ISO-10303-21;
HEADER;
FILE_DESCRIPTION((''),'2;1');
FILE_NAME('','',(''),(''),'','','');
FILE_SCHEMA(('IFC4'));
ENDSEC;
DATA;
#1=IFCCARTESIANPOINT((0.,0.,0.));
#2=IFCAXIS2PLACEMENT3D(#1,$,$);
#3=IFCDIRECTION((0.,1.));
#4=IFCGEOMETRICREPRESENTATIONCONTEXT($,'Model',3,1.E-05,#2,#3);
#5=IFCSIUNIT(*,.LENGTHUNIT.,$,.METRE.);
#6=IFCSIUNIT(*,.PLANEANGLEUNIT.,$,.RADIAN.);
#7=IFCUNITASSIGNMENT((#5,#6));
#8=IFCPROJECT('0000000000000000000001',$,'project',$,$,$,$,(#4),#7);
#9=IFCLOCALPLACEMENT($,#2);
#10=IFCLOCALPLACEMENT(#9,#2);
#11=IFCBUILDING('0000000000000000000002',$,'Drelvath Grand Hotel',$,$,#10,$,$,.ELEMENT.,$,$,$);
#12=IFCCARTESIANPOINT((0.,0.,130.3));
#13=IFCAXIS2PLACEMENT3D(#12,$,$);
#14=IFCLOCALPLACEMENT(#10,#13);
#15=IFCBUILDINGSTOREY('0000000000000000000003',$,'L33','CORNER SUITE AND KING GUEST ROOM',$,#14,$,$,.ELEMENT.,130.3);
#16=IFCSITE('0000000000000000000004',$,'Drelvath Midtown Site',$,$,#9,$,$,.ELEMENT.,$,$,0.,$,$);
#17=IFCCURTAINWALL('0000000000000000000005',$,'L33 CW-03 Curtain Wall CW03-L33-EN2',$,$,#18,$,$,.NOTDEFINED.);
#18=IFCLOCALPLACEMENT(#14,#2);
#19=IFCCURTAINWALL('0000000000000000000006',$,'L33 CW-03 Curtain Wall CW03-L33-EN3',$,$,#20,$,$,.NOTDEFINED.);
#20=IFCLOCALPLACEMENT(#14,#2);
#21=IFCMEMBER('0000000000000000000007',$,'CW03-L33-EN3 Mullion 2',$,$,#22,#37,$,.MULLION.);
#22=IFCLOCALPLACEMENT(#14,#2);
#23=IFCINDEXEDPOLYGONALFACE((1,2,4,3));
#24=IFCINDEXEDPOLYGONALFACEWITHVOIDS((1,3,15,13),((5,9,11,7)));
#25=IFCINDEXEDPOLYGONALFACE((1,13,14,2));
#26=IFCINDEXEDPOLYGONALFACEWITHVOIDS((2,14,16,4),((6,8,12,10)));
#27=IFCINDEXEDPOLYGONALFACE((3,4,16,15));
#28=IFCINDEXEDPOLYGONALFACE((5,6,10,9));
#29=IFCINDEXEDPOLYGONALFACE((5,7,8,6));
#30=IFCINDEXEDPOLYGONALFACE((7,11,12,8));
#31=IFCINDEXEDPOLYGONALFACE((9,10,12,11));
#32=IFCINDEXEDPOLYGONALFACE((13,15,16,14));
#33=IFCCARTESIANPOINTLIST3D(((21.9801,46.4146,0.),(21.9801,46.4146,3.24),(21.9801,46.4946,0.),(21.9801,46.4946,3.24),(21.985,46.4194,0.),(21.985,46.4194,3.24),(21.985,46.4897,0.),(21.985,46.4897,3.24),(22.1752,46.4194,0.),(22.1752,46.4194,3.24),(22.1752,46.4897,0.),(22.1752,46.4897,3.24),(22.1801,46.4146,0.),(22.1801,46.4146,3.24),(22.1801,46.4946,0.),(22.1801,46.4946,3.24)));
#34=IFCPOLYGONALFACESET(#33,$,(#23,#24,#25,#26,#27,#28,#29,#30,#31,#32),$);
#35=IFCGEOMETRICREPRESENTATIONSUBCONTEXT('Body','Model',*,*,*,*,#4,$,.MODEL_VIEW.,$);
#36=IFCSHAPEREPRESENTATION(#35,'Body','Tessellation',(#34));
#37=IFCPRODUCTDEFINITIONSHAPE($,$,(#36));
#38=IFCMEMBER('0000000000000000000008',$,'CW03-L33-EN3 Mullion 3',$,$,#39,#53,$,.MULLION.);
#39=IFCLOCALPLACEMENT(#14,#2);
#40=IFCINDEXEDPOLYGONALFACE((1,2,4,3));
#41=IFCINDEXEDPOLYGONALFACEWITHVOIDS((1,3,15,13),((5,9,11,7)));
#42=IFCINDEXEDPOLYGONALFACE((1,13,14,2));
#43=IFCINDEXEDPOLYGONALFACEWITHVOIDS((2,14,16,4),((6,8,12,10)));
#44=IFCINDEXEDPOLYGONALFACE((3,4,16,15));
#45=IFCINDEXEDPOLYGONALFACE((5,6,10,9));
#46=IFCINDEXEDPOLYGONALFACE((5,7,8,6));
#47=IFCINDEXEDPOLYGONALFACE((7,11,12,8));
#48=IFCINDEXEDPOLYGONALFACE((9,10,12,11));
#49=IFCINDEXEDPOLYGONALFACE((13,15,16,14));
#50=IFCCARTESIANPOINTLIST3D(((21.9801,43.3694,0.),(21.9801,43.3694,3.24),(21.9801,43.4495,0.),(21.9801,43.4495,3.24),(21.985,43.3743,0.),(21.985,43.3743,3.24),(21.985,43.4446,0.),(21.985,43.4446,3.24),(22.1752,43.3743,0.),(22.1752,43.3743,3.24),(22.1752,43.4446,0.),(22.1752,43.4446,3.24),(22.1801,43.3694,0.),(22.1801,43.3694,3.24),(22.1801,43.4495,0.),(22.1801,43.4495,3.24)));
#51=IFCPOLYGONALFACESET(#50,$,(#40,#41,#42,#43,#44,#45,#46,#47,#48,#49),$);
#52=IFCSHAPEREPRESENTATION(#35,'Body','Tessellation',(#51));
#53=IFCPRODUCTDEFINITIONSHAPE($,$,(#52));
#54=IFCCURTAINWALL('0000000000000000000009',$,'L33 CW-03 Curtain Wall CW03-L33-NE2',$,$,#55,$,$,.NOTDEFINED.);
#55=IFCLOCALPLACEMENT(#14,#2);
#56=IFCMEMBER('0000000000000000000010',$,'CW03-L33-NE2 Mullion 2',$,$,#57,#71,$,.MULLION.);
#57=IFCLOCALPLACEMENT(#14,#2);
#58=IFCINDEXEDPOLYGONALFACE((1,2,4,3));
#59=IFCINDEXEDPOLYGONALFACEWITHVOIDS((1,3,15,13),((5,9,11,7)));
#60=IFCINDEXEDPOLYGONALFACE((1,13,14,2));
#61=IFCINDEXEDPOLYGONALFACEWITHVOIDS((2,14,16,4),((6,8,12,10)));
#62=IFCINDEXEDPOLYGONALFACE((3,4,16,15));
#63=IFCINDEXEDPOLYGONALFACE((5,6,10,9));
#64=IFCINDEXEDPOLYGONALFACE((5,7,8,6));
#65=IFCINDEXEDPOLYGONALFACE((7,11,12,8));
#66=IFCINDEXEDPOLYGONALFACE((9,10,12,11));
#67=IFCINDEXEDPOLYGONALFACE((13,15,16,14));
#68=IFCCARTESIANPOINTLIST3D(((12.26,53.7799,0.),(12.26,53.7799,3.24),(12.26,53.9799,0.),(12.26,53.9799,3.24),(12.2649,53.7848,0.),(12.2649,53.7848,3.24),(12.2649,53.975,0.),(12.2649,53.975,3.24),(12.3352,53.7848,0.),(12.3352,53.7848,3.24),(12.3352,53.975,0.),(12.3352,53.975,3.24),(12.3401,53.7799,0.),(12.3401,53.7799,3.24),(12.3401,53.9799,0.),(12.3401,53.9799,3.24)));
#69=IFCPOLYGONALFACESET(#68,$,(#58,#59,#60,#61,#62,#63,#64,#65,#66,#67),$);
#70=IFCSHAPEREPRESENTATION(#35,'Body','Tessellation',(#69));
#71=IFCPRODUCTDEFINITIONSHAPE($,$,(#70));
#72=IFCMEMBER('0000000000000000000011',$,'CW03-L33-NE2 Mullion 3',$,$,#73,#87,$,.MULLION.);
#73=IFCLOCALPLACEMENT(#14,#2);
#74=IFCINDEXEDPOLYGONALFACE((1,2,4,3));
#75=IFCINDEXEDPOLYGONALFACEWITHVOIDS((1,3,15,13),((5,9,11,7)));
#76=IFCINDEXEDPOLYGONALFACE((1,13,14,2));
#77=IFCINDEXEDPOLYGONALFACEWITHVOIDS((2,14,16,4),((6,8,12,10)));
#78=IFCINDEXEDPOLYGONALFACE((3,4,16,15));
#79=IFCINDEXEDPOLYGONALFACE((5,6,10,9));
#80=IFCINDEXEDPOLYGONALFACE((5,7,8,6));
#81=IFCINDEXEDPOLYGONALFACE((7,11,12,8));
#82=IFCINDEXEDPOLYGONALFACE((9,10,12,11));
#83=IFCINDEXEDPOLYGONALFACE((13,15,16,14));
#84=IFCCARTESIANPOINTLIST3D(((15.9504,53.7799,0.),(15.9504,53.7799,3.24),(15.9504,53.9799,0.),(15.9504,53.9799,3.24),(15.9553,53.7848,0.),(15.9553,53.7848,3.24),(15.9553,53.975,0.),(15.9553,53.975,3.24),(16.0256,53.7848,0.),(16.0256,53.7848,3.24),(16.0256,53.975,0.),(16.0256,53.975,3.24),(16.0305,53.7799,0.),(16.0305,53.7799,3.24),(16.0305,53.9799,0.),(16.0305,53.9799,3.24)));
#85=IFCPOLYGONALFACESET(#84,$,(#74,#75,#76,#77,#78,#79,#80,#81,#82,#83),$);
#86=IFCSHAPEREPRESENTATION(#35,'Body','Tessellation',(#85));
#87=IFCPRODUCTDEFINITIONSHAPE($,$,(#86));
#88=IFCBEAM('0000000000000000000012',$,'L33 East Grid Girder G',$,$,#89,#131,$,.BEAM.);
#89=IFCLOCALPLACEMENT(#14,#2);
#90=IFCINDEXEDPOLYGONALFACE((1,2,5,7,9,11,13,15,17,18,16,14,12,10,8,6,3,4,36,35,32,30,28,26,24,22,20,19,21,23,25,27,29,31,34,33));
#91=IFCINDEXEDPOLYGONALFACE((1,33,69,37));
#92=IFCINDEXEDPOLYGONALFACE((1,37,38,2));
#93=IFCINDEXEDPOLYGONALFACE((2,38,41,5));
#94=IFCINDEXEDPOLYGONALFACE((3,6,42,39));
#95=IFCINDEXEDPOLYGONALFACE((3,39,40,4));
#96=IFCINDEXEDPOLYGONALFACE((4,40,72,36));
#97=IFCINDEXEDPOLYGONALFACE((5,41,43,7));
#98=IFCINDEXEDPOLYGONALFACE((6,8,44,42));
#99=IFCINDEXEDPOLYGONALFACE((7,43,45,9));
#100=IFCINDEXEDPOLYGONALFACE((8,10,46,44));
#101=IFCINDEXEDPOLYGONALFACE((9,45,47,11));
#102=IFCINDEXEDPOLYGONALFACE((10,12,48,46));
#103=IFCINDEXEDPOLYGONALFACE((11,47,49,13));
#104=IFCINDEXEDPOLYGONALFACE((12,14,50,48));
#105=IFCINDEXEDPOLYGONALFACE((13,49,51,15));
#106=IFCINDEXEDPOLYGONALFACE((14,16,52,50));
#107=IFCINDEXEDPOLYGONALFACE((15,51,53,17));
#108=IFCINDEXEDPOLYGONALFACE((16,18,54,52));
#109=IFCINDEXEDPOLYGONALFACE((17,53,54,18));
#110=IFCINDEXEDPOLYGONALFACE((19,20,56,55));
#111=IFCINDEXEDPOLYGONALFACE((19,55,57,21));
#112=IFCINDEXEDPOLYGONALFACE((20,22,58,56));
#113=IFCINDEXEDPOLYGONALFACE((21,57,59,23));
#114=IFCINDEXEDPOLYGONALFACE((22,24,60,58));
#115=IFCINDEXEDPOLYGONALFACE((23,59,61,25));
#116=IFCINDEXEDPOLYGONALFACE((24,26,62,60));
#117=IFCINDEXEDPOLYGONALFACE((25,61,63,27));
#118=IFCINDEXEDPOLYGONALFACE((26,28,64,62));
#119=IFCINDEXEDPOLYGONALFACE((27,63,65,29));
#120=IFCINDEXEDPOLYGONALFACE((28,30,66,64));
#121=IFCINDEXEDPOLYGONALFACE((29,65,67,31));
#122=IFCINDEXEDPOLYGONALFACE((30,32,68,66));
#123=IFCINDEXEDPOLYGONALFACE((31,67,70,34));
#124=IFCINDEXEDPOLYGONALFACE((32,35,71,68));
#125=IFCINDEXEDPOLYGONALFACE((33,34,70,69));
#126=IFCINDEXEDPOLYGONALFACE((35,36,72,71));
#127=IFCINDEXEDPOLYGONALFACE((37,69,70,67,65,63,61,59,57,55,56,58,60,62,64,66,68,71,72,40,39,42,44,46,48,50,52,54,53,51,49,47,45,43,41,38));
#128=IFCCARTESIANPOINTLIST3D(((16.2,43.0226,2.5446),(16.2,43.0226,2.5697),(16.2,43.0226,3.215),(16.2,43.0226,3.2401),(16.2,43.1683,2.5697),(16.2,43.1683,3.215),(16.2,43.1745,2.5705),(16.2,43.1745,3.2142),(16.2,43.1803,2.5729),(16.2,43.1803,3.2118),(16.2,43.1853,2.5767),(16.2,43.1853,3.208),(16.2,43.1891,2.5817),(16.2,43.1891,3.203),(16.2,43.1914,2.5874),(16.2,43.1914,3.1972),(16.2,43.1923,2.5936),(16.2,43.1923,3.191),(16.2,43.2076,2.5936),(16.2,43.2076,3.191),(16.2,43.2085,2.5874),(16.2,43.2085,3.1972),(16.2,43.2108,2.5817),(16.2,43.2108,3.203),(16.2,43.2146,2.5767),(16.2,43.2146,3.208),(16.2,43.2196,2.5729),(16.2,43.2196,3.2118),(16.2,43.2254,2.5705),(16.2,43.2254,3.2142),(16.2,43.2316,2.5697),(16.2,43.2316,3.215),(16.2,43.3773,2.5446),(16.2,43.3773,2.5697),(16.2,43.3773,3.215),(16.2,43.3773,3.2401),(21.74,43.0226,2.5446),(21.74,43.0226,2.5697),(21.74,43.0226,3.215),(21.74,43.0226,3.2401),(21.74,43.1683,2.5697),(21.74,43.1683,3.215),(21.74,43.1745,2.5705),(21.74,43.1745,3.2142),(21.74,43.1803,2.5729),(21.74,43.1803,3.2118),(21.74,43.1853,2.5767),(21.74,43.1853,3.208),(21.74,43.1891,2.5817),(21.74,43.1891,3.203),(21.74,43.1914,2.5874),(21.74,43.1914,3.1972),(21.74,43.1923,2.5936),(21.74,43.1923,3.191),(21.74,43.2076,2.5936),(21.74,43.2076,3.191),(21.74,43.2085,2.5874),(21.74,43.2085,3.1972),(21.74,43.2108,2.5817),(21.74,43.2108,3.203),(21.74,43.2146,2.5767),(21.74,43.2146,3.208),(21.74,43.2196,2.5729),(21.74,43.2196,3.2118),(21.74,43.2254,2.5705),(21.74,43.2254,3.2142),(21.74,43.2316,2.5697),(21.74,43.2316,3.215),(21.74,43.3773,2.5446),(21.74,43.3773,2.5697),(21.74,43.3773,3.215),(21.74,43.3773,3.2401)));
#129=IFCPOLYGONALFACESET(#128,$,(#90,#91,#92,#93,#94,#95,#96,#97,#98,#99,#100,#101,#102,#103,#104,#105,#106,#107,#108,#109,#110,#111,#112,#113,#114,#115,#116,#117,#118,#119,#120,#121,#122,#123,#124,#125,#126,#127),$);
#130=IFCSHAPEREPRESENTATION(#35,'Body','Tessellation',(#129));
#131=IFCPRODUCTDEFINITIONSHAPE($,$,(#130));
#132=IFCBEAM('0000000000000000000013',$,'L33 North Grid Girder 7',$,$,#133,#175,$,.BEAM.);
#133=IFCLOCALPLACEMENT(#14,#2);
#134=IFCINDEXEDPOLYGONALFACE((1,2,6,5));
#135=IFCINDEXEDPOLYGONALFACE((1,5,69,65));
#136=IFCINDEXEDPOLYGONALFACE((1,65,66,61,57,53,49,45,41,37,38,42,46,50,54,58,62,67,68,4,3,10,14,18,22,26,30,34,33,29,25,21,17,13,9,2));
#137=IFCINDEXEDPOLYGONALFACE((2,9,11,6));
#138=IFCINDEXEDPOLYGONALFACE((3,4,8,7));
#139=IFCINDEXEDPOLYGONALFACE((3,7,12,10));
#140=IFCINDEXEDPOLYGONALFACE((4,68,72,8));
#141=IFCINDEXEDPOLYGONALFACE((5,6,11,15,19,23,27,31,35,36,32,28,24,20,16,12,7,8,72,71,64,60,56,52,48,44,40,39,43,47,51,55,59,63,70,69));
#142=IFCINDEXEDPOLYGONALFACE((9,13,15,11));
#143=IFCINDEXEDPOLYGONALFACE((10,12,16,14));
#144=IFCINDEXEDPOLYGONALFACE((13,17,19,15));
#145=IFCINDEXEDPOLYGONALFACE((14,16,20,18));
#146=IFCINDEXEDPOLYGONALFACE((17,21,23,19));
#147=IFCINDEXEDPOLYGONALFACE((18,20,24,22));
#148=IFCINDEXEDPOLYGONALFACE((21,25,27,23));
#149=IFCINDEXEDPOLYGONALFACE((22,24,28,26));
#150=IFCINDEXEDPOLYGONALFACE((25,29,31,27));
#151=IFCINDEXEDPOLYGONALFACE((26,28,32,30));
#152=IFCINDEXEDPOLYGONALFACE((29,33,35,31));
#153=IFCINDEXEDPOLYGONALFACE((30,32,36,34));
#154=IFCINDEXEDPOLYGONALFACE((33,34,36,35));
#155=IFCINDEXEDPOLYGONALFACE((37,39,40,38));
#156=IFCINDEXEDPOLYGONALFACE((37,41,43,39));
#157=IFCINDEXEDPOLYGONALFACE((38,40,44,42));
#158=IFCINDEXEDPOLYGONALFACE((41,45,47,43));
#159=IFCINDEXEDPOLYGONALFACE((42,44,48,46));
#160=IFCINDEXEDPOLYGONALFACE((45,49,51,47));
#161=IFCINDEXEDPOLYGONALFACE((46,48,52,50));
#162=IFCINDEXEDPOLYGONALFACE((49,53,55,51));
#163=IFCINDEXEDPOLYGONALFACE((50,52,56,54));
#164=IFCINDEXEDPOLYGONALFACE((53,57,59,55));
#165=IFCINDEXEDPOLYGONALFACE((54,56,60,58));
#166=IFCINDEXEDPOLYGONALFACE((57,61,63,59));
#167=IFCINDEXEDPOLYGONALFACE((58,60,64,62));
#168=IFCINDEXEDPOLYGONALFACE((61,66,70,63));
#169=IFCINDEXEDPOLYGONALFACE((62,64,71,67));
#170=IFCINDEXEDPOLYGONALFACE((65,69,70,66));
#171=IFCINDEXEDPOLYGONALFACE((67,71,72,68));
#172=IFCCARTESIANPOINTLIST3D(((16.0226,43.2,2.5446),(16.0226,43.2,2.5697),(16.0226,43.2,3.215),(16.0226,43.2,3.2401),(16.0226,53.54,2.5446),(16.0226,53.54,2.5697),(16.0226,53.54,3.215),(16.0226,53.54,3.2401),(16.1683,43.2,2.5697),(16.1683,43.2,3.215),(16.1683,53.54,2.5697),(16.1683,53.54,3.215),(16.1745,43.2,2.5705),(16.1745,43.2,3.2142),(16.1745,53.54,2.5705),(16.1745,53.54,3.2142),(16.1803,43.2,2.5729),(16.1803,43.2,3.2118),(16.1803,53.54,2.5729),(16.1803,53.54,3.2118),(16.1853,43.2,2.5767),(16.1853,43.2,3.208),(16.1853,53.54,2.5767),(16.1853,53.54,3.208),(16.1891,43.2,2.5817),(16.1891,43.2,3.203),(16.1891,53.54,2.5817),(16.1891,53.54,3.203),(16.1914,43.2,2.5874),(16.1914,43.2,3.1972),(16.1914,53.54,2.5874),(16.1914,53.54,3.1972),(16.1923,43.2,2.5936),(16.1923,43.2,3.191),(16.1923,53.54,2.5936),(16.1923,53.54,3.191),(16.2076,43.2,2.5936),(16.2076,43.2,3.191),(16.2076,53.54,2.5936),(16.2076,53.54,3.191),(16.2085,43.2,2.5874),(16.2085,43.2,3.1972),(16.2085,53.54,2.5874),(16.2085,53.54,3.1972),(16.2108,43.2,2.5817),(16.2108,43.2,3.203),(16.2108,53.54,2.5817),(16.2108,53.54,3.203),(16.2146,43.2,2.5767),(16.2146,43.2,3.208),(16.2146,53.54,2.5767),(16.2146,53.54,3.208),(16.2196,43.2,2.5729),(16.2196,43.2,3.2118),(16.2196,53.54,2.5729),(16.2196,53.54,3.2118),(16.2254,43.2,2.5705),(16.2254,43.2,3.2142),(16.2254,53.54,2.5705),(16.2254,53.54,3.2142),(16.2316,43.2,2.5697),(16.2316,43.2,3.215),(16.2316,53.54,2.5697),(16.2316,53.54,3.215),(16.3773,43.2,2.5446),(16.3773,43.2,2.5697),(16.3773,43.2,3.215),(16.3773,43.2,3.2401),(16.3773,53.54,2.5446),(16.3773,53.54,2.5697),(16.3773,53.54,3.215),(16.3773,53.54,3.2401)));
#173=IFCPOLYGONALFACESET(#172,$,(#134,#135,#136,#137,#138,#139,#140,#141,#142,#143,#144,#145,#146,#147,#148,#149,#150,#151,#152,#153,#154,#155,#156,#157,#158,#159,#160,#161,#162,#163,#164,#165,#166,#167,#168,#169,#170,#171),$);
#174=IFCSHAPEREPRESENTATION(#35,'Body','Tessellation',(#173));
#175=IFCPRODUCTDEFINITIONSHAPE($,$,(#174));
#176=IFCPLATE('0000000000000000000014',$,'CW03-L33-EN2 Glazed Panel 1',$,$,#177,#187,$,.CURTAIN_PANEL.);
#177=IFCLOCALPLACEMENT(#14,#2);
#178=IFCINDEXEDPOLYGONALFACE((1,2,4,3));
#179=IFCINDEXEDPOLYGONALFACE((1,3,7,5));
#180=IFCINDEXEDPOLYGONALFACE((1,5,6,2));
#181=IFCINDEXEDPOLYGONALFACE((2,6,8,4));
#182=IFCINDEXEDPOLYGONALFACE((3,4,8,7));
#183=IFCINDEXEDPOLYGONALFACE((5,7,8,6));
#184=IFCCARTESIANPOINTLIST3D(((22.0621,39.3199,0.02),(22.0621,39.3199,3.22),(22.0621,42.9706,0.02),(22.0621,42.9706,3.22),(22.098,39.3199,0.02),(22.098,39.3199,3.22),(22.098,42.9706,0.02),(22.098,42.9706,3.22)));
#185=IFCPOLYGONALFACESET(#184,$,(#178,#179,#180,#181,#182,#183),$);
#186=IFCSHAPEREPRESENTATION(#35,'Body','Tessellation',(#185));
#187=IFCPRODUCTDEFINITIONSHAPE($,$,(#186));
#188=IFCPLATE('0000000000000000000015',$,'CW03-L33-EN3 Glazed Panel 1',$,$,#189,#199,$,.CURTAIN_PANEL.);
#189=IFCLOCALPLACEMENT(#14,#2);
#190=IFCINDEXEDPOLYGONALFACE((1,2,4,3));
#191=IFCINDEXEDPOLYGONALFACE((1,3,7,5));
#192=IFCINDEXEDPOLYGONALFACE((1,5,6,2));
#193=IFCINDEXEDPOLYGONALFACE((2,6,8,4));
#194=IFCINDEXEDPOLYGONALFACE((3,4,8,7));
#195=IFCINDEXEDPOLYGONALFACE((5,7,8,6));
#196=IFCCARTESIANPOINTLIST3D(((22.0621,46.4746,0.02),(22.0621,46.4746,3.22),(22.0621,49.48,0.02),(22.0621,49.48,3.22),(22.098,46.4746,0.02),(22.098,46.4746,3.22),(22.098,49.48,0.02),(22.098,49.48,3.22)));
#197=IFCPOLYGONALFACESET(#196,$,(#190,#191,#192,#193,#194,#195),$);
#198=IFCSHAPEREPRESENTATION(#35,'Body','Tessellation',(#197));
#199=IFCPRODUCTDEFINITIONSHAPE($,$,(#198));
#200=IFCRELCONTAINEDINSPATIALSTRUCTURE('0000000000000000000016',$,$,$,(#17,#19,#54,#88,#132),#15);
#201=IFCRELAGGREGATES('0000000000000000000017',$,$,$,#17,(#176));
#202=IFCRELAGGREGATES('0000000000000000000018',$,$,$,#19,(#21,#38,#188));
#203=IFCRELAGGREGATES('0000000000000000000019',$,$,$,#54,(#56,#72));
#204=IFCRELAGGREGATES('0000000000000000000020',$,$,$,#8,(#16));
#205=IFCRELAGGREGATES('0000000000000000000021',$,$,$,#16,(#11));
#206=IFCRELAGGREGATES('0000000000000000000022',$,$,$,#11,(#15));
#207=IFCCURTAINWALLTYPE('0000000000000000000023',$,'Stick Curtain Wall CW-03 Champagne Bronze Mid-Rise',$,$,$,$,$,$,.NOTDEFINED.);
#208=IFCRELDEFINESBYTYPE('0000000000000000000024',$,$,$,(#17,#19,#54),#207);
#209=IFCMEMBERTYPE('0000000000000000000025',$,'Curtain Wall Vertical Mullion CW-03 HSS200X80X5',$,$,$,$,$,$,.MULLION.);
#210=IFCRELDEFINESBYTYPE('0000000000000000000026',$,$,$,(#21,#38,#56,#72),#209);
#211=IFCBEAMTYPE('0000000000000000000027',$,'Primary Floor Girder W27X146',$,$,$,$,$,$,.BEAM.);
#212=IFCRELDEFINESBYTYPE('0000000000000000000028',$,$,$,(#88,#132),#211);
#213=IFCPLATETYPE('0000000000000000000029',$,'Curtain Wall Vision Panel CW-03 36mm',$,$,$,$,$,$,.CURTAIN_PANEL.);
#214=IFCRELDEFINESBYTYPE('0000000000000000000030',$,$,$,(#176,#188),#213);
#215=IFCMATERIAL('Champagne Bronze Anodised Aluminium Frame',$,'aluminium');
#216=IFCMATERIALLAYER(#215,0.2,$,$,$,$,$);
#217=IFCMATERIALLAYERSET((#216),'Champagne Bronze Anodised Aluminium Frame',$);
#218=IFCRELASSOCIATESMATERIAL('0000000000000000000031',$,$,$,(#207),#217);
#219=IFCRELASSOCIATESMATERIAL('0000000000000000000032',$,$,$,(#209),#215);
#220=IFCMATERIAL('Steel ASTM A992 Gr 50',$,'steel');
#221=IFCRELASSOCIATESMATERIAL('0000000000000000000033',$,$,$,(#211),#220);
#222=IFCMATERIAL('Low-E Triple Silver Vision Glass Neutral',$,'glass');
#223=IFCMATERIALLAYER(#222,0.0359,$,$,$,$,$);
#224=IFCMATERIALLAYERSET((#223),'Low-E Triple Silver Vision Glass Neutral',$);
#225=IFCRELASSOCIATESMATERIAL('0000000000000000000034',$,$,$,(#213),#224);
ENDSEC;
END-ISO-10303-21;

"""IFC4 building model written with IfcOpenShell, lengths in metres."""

from ifc_helpers import new_model, si_unit, direction, frame, origin, origin_2d, place, context, subcontext, project, spatial, rectangle, hollow_rectangle, i_section, extrude, material, layer, layer_set, material_profile, profile_set, type_object, element, aggregate, save


model = new_model("IFC4")

# Units and contexts
model_context = context("Model", 3, precision=1e-05, world=origin(), true_north=direction((0.0, 1.0)))
body_context = subcontext(model_context, "Body", "Model", "MODEL_VIEW")
ifc_project = project(units=[si_unit("LENGTHUNIT", "METRE"), si_unit("PLANEANGLEUNIT", "RADIAN")], contexts=[model_context])

# Site, building, storey
site_placement = place(None, origin())
site = spatial("IfcSite", under=ifc_project, at=site_placement, Name="Drelvath Midtown Site", CompositionType="ELEMENT", RefElevation=0.0)
building_placement = place(site_placement, origin())
building = spatial("IfcBuilding", under=site, at=building_placement, Name="Drelvath Grand Hotel", CompositionType="ELEMENT")
storey_placement = place(building_placement, frame((0.0, 0.0, 130.3)))
storey = spatial("IfcBuildingStorey", under=building, at=storey_placement, Name="L33", Description="CORNER SUITE AND KING GUEST ROOM", CompositionType="ELEMENT", Elevation=130.3)

# Curtain walls
ifc_material_1 = material(Name="Champagne Bronze Anodised Aluminium Frame", Category="aluminium")
ifc_layer_1 = layer(ifc_material_1, 0.2)
ifc_layer_set_1 = layer_set([ifc_layer_1], Name="Champagne Bronze Anodised Aluminium Frame")
curtain_wall_type = type_object("IfcCurtainWallType", Name="Stick Curtain Wall CW-03 Champagne Bronze Mid-Rise", PredefinedType="NOTDEFINED", material=ifc_layer_set_1)
curtain_wall_1_placement = place(storey_placement, origin())
curtain_wall_1 = element("IfcCurtainWall", 1, at=curtain_wall_1_placement, inside=storey, type_object=curtain_wall_type, Name="L33 CW-03 Curtain Wall CW03-L33-EN2", PredefinedType="NOTDEFINED")
curtain_wall_2_placement = place(storey_placement, origin())
curtain_wall_2 = element("IfcCurtainWall", 2, at=curtain_wall_2_placement, inside=storey, type_object=curtain_wall_type, Name="L33 CW-03 Curtain Wall CW03-L33-EN3", PredefinedType="NOTDEFINED")

# Members
ifc_material_profile_1 = material_profile(ifc_material_1, hollow_rectangle(XDim=0.0801, YDim=0.2, WallThickness=0.0049, at=origin_2d()), Name="HSS200X80X5")
ifc_profile_set_1 = profile_set([ifc_material_profile_1], Name="Champagne Bronze Anodised Aluminium Frame")
member_type_1 = type_object("IfcMemberType", Name="Curtain Wall Vertical Mullion CW-03 HSS200X80X5", PredefinedType="MULLION", material=ifc_profile_set_1)
member_1_placement = place(storey_placement, frame((22.0801, 46.4546, 0.0), z_axis=(0.0, 0.0, 1.0), x_axis=(0.0, 1.0, 0.0)))
member_1 = element("IfcMember", 3, at=member_1_placement, type_object=member_type_1, Name="CW03-L33-EN3 Mullion 2", PredefinedType="MULLION", context=body_context, shape_type="SweptSolid", body=[
    extrude(hollow_rectangle(XDim=0.0801, YDim=0.2, WallThickness=0.0049, at=origin_2d()), origin(), (0.0, 0.0, 1.0), 3.24),
])
member_2_placement = place(storey_placement, frame((22.0801, 43.4094, 0.0), z_axis=(0.0, 0.0, 1.0), x_axis=(0.0, 1.0, 0.0)))
member_2 = element("IfcMember", 4, at=member_2_placement, type_object=member_type_1, Name="CW03-L33-EN3 Mullion 3", PredefinedType="MULLION", context=body_context, shape_type="SweptSolid", body=[
    extrude(hollow_rectangle(XDim=0.0801, YDim=0.2, WallThickness=0.0049, at=origin_2d()), origin(), (0.0, 0.0, 1.0), 3.24),
])

# Curtain wall, members
curtain_wall_3_placement = place(storey_placement, origin())
curtain_wall_3 = element("IfcCurtainWall", 5, at=curtain_wall_3_placement, inside=storey, type_object=curtain_wall_type, Name="L33 CW-03 Curtain Wall CW03-L33-NE2", PredefinedType="NOTDEFINED")
member_3_placement = place(storey_placement, frame((12.3, 53.8799, 0.0), z_axis=(0.0, 0.0, 1.0), x_axis=(1.0, 0.0, 0.0)))
member_3 = element("IfcMember", 6, at=member_3_placement, type_object=member_type_1, Name="CW03-L33-NE2 Mullion 2", PredefinedType="MULLION", context=body_context, shape_type="SweptSolid", body=[
    extrude(hollow_rectangle(XDim=0.0801, YDim=0.2, WallThickness=0.0049, at=origin_2d()), origin(), (0.0, 0.0, 1.0), 3.24),
])
member_4_placement = place(storey_placement, frame((15.9905, 53.8799, 0.0), z_axis=(0.0, 0.0, 1.0), x_axis=(1.0, 0.0, 0.0)))
member_4 = element("IfcMember", 7, at=member_4_placement, type_object=member_type_1, Name="CW03-L33-NE2 Mullion 3", PredefinedType="MULLION", context=body_context, shape_type="SweptSolid", body=[
    extrude(hollow_rectangle(XDim=0.0801, YDim=0.2, WallThickness=0.0049, at=origin_2d()), origin(), (0.0, 0.0, 1.0), 3.24),
])

# Beams
ifc_material_2 = material(Name="Steel ASTM A992 Gr 50", Category="steel")
ifc_material_profile_2 = material_profile(ifc_material_2, i_section(OverallWidth=0.3547, OverallDepth=0.6956, WebThickness=0.0154, FlangeThickness=0.0251, FilletRadius=0.0239, at=origin_2d()), Name="W27X146")
ifc_profile_set_2 = profile_set([ifc_material_profile_2], Name="Steel ASTM A992 Gr 50")
beam_type = type_object("IfcBeamType", Name="Primary Floor Girder W27X146", PredefinedType="BEAM", material=ifc_profile_set_2)
beam_1_placement = place(storey_placement, frame((16.2, 43.2, 2.8923), z_axis=(1.0, 0.0, 0.0), x_axis=(0.0, 1.0, 0.0)))
element("IfcBeam", 8, at=beam_1_placement, inside=storey, type_object=beam_type, Name="L33 East Grid Girder G", PredefinedType="BEAM", context=body_context, shape_type="SweptSolid", body=[
    extrude(i_section(OverallWidth=0.3547, OverallDepth=0.6956, WebThickness=0.0154, FlangeThickness=0.0251, FilletRadius=0.0239, at=origin_2d()), origin(), (0.0, 0.0, 1.0), 5.54),
])
beam_2_placement = place(storey_placement, frame((16.2, 43.2, 2.8923), z_axis=(0.0, 1.0, 0.0), x_axis=(-1.0, 0.0, 0.0)))
element("IfcBeam", 9, at=beam_2_placement, inside=storey, type_object=beam_type, Name="L33 North Grid Girder 7", PredefinedType="BEAM", context=body_context, shape_type="SweptSolid", body=[
    extrude(i_section(OverallWidth=0.3547, OverallDepth=0.6956, WebThickness=0.0154, FlangeThickness=0.0251, FilletRadius=0.0239, at=origin_2d()), origin(), (0.0, 0.0, 1.0), 10.3401),
])

# Plates
ifc_material_3 = material(Name="Low-E Triple Silver Vision Glass Neutral", Category="glass")
ifc_layer_2 = layer(ifc_material_3, 0.0359)
ifc_layer_set_2 = layer_set([ifc_layer_2], Name="Low-E Triple Silver Vision Glass Neutral")
plate_type = type_object("IfcPlateType", Name="Curtain Wall Vision Panel CW-03 36mm", PredefinedType="CURTAIN_PANEL", material=ifc_layer_set_2)
plate_1_placement = place(storey_placement, frame((22.0801, 41.1453, 0.02), z_axis=(0.0, 0.0, 1.0), x_axis=(0.0, -1.0, 0.0)))
plate_1 = element("IfcPlate", 10, at=plate_1_placement, type_object=plate_type, Name="CW03-L33-EN2 Glazed Panel 1", PredefinedType="CURTAIN_PANEL", context=body_context, shape_type="SweptSolid", body=[
    extrude(rectangle(XDim=3.6506, YDim=0.0359, at=origin_2d()), origin(), (0.0, 0.0, 1.0), 3.2),
])
aggregate(curtain_wall_1, [plate_1])
plate_2_placement = place(storey_placement, frame((22.0801, 47.9773, 0.02), z_axis=(0.0, 0.0, 1.0), x_axis=(0.0, -1.0, 0.0)))
plate_2 = element("IfcPlate", 11, at=plate_2_placement, type_object=plate_type, Name="CW03-L33-EN3 Glazed Panel 1", PredefinedType="CURTAIN_PANEL", context=body_context, shape_type="SweptSolid", body=[
    extrude(rectangle(XDim=3.0054, YDim=0.0359, at=origin_2d()), origin(), (0.0, 0.0, 1.0), 3.2),
])
aggregate(curtain_wall_2, [member_1, member_2, plate_2])
aggregate(curtain_wall_3, [member_3, member_4])

save(model, "model.ifc")
